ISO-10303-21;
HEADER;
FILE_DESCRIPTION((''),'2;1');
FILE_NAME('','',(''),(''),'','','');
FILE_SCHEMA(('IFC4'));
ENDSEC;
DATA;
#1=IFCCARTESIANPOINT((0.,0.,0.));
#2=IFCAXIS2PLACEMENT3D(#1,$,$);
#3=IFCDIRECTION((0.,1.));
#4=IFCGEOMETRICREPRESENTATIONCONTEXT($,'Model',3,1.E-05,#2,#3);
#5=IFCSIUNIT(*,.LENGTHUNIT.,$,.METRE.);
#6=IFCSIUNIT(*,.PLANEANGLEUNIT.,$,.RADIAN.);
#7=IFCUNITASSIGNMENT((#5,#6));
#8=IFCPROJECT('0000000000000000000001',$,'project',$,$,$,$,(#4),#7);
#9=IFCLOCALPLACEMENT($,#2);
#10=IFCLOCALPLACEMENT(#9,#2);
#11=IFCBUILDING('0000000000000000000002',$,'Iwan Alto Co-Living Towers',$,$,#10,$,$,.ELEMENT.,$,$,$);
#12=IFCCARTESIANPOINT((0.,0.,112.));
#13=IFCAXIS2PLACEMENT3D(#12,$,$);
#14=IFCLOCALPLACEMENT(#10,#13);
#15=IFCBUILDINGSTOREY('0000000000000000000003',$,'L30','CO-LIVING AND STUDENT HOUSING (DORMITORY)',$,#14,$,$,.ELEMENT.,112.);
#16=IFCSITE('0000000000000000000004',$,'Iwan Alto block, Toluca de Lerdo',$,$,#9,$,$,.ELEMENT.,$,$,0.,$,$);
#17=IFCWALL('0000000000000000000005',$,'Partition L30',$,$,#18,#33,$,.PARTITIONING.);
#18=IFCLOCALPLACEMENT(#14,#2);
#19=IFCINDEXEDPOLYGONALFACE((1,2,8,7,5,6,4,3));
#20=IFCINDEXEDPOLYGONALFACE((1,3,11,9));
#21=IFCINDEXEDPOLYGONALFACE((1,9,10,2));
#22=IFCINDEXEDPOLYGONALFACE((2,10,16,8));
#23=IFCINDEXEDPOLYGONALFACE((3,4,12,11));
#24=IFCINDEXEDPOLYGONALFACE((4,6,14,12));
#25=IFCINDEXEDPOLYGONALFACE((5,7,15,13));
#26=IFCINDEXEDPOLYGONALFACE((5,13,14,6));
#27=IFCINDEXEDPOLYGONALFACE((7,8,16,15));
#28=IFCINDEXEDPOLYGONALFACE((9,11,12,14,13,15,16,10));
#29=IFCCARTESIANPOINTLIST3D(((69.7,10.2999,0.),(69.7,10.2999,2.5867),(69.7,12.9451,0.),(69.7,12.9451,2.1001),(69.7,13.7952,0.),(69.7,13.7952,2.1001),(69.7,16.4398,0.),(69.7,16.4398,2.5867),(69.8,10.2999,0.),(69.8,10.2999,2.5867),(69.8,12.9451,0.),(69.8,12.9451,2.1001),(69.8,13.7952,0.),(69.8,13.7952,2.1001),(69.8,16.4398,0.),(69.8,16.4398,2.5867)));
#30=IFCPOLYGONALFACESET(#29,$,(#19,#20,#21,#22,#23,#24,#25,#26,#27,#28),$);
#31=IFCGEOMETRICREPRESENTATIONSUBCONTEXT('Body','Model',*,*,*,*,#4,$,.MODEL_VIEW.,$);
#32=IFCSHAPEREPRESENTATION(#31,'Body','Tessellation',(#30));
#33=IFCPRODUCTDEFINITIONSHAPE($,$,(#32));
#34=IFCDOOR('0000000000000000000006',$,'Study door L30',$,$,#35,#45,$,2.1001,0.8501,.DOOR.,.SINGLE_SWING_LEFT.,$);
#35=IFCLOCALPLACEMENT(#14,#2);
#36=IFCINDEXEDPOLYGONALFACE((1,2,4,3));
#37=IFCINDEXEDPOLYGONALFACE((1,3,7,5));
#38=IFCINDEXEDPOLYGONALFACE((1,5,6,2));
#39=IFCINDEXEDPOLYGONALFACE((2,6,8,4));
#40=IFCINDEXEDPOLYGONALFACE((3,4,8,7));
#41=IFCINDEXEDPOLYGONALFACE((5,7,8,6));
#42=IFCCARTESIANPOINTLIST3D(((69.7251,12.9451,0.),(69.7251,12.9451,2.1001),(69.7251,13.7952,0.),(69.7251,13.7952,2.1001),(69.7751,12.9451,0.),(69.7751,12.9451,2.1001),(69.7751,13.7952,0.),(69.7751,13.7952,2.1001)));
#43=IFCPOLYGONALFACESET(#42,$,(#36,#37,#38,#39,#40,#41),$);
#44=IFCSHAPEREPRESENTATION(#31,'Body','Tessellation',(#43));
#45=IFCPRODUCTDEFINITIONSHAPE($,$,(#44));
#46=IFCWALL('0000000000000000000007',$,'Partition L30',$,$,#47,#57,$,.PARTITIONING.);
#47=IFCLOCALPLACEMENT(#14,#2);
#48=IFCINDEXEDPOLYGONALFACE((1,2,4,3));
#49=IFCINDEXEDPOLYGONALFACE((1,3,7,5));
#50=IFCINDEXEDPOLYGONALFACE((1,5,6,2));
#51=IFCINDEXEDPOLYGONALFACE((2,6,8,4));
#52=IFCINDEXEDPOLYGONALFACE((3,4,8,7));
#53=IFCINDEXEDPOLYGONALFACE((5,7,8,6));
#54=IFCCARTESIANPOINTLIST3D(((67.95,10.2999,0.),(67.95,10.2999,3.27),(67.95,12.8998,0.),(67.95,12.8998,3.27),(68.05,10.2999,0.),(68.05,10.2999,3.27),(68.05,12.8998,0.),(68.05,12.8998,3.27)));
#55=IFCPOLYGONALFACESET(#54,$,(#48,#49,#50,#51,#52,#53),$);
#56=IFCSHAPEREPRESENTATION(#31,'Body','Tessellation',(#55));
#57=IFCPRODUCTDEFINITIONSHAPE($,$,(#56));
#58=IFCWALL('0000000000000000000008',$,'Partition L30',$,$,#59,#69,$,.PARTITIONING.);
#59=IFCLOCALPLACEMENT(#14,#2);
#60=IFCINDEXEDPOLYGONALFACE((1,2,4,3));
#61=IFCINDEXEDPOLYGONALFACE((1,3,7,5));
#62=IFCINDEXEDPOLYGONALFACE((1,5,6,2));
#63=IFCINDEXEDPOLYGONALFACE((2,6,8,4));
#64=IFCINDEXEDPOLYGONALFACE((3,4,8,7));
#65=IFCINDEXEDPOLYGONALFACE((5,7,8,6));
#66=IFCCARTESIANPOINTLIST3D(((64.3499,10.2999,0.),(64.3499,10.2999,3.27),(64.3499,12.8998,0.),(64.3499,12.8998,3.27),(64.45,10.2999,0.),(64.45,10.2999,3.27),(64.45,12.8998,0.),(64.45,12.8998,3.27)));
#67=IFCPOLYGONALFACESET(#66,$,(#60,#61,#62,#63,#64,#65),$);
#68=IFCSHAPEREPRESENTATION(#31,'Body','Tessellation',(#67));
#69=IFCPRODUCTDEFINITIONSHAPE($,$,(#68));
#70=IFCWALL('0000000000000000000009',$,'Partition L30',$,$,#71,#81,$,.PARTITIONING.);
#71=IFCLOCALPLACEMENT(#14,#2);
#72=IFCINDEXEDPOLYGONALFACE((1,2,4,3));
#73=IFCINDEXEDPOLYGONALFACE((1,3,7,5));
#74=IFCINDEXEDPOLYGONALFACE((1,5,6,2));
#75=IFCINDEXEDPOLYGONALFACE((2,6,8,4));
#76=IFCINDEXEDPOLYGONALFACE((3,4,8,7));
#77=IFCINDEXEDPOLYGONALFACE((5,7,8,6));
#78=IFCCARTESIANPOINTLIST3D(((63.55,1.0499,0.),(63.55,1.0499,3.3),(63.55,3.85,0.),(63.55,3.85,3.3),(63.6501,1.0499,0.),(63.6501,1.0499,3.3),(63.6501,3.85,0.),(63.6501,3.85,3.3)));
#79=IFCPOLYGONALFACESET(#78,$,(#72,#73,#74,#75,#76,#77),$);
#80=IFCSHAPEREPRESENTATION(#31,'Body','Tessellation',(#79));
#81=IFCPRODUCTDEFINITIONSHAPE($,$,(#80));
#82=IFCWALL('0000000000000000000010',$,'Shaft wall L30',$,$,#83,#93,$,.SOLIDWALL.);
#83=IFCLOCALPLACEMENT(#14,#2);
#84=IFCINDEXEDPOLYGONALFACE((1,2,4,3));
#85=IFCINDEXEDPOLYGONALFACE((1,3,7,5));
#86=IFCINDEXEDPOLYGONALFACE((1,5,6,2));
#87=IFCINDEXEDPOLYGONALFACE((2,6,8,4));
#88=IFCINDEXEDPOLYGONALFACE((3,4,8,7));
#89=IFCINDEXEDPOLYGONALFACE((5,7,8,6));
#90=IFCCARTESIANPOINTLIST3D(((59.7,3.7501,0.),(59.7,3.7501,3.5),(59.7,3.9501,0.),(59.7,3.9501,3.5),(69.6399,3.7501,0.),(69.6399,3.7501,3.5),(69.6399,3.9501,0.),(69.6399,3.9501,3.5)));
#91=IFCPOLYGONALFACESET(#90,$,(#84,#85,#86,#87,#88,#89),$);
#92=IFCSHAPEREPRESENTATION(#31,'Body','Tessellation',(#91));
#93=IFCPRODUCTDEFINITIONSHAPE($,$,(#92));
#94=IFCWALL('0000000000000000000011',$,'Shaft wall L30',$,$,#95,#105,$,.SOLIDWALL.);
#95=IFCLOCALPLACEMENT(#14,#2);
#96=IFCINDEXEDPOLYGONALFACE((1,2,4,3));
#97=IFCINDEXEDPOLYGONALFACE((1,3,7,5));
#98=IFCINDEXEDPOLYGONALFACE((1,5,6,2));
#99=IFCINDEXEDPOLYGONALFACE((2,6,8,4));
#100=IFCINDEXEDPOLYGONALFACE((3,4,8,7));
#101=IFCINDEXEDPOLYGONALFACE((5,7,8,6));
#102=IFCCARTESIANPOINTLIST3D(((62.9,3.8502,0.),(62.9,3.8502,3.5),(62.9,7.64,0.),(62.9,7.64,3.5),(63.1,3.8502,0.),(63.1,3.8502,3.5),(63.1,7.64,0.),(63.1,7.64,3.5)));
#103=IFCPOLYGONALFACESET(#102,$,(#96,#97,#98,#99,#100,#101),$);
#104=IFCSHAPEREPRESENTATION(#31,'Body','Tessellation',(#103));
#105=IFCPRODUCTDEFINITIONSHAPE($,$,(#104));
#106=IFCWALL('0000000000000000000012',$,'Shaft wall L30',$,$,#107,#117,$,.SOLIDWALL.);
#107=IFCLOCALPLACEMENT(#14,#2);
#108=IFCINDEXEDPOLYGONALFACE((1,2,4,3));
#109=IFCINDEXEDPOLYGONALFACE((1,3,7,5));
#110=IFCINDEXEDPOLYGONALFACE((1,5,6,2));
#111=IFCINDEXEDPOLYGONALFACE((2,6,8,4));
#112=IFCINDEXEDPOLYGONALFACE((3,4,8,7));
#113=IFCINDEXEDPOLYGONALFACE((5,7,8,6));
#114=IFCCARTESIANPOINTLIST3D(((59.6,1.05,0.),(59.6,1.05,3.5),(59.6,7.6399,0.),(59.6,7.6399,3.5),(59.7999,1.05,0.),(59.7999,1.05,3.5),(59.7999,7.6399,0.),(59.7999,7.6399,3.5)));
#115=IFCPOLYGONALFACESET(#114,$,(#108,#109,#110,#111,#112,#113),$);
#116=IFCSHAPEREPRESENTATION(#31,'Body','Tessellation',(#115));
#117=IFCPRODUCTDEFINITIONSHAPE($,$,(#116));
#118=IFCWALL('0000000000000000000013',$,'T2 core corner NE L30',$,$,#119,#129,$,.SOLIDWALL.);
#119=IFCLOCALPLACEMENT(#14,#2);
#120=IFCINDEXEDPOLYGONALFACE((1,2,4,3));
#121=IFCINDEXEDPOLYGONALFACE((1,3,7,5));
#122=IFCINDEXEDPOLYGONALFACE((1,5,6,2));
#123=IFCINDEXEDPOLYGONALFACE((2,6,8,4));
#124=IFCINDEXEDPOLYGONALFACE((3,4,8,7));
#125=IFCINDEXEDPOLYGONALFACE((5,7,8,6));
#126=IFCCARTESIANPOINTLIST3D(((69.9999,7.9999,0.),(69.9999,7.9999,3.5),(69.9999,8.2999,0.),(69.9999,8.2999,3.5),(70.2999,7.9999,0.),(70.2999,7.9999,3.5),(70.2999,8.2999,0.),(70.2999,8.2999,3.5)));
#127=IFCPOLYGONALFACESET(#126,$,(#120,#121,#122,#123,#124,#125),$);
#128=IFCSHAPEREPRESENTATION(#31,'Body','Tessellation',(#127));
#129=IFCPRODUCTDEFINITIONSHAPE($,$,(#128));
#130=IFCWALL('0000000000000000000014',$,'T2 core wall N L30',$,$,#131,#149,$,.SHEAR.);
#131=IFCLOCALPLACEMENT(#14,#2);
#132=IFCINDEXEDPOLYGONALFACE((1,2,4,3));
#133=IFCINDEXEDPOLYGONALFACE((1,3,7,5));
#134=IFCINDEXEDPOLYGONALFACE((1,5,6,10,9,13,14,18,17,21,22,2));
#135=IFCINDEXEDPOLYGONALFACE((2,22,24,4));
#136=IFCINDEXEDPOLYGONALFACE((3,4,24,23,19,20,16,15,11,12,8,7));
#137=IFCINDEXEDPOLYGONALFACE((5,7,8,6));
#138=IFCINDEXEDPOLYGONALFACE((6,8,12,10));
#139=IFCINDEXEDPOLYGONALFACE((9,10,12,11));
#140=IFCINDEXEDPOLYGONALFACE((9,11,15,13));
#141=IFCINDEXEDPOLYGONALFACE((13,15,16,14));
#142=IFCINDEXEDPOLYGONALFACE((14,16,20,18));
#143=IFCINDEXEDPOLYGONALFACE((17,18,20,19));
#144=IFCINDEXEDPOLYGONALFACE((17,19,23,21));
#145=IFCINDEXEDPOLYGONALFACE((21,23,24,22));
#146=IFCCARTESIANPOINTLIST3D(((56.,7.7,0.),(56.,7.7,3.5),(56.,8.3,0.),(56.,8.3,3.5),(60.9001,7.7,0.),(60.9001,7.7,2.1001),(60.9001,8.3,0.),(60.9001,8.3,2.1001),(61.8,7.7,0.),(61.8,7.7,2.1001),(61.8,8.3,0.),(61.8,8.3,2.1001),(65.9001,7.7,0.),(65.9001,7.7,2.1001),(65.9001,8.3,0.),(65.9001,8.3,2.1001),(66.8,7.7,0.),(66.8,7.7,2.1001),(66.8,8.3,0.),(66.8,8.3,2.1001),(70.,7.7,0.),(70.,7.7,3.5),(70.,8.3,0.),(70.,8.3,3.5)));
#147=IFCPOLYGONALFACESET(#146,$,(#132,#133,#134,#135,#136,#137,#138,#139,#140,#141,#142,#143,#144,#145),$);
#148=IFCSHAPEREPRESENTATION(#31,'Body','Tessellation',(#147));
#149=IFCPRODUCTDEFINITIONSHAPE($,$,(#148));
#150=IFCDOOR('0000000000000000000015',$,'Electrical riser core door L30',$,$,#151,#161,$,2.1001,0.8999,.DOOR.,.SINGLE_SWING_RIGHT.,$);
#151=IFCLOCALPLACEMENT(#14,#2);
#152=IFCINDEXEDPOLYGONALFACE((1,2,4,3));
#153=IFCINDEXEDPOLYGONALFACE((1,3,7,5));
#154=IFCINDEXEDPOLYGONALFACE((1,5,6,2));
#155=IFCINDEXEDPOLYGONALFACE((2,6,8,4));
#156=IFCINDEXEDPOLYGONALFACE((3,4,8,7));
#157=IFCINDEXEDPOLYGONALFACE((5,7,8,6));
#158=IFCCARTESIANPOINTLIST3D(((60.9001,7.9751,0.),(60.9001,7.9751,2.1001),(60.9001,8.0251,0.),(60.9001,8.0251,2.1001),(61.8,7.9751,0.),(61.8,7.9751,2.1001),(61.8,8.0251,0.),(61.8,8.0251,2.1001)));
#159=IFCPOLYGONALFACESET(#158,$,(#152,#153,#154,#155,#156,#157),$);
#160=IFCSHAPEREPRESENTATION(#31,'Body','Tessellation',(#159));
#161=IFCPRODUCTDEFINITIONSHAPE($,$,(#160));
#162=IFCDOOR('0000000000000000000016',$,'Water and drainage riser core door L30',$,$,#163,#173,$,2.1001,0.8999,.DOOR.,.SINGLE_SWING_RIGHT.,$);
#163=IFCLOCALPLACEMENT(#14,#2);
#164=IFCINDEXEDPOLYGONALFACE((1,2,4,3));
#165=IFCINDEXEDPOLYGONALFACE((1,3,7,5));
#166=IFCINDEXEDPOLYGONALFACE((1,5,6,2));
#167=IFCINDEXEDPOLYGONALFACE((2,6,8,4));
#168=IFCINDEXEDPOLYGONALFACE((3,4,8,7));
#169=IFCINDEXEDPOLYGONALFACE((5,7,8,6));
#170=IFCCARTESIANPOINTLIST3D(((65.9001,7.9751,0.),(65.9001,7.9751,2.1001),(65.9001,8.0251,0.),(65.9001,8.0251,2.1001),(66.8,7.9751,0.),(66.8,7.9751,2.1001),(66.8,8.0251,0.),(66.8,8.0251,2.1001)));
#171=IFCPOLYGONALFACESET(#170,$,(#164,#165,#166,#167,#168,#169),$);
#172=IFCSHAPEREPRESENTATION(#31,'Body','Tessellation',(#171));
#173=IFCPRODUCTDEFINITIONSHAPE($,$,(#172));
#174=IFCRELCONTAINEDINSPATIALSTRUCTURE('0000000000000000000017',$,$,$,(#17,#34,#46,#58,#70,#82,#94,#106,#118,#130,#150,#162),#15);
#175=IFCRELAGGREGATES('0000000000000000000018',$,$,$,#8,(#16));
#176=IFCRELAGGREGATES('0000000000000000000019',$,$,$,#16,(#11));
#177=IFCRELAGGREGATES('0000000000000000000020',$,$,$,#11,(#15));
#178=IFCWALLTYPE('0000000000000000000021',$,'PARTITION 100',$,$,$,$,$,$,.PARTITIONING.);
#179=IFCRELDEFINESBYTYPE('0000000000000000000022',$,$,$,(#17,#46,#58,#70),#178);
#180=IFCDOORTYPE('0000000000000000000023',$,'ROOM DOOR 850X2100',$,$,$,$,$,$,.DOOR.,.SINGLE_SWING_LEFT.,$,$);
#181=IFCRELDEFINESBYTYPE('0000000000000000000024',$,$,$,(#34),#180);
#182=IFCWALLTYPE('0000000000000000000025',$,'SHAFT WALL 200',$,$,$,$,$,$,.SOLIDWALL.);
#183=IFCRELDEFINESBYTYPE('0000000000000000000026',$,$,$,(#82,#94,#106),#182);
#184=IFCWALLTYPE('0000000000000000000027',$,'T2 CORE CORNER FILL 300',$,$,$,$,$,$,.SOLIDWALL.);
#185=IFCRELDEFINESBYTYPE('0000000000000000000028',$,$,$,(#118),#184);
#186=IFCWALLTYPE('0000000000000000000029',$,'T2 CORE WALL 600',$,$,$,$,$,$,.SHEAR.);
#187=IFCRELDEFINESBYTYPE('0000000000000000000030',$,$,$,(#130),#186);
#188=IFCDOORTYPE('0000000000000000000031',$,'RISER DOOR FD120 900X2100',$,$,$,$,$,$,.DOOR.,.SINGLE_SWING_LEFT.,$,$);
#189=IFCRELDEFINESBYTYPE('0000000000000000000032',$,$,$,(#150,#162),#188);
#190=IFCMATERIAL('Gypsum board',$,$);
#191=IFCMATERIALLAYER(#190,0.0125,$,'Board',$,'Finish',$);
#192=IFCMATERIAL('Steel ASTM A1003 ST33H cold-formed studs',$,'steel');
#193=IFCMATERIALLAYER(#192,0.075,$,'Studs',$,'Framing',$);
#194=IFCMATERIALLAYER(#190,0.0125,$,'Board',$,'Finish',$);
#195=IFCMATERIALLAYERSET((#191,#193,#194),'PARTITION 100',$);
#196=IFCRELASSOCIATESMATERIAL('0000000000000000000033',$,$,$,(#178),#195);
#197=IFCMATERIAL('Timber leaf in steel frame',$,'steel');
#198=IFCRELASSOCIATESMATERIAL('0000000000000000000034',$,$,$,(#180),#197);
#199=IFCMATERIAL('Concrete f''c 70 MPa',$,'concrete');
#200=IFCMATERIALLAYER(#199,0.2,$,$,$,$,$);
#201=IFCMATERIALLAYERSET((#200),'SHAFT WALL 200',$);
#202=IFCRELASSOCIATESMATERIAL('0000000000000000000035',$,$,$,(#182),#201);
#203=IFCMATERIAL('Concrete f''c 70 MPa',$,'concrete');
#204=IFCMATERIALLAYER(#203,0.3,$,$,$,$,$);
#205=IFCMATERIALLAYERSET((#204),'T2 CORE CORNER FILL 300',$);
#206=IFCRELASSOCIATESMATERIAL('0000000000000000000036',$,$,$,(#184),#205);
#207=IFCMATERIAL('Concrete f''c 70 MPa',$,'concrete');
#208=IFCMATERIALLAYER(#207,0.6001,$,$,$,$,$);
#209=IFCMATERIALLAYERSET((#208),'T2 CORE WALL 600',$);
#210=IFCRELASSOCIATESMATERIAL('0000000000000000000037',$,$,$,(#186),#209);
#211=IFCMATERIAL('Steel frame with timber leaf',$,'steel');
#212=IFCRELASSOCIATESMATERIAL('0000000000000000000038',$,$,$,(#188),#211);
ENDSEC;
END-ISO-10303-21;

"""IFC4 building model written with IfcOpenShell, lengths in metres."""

from ifc_helpers import new_model, si_unit, direction, frame, frame_2d, origin, place, context, subcontext, project, spatial, rectangle, extrude, material, layer, layer_set, type_object, element, fill, save


model = new_model("IFC4")

# Units and contexts
model_context = context("Model", 3, precision=1e-05, world=origin(), true_north=direction((0.0, 1.0)))
body_context = subcontext(model_context, "Body", "Model", "MODEL_VIEW")
ifc_project = project(units=[si_unit("LENGTHUNIT", "METRE"), si_unit("PLANEANGLEUNIT", "RADIAN")], contexts=[model_context])

# Site, building, storey
site_placement = place(None, origin())
site = spatial("IfcSite", under=ifc_project, at=site_placement, Name="Iwan Alto block, Toluca de Lerdo", CompositionType="ELEMENT", RefElevation=0.0)
building_placement = place(site_placement, origin())
building = spatial("IfcBuilding", under=site, at=building_placement, Name="Iwan Alto Co-Living Towers", CompositionType="ELEMENT")
storey_placement = place(building_placement, frame((0.0, 0.0, 112.0)))
storey = spatial("IfcBuildingStorey", under=building, at=storey_placement, Name="L30", Description="CO-LIVING AND STUDENT HOUSING (DORMITORY)", CompositionType="ELEMENT", Elevation=112.0)

# Shared definitions
ifc_material_1 = material(Name="Gypsum board")
ifc_layer_1 = layer(ifc_material_1, 0.0125, Name="Board", Category="Finish")
ifc_material_2 = material(Name="Steel ASTM A1003 ST33H cold-formed studs", Category="steel")
ifc_layer_2 = layer(ifc_material_2, 0.075, Name="Studs", Category="Framing")
ifc_layer_3 = layer(ifc_material_1, 0.0125, Name="Board", Category="Finish")
ifc_layer_set_1 = layer_set([ifc_layer_1, ifc_layer_2, ifc_layer_3], Name="PARTITION 100")
wall_type_1 = type_object("IfcWallType", Name="PARTITION 100", PredefinedType="PARTITIONING", material=ifc_layer_set_1)

# Shared definitions
ifc_material_3 = material(Name="Timber leaf in steel frame", Category="steel")
door_type_1 = type_object("IfcDoorType", Name="ROOM DOOR 850X2100", OperationType="SINGLE_SWING_LEFT", PredefinedType="DOOR", material=ifc_material_3)

# Wall, opening, door
wall_1_placement = place(storey_placement, frame((69.75, 10.3, 0.0), z_axis=(0.0, 0.0, 1.0), x_axis=(0.0, 1.0, 0.0)))
wall_1 = element("IfcWall", 1, at=wall_1_placement, inside=storey, type_object=wall_type_1, Name="Partition L30", PredefinedType="PARTITIONING", context=body_context, shape_type="SweptSolid", body=[
    extrude(rectangle(XDim=6.1399, YDim=0.1001, at=frame_2d((3.0698, 0.0))), origin(), (0.0, 0.0, 1.0), 2.5867),
])
opening_1_placement = place(wall_1_placement, frame((2.645, 0.0, 0.0)))
opening_1 = element("IfcOpeningElement", 2, at=opening_1_placement, cuts=wall_1, PredefinedType="OPENING", context=body_context, shape_type="SweptSolid", body=[
    extrude(rectangle(XDim=0.8501, YDim=2.1001, at=frame_2d((0.425, 1.05))), frame((0.0, 0.0601, 0.0), z_axis=(0.0, -1.0, 0.0), x_axis=(1.0, 0.0, 0.0)), (0.0, 0.0, 1.0), 0.1201),
])
door_1_placement = place(opening_1_placement, origin())
door_1 = element("IfcDoor", 3, at=door_1_placement, inside=storey, type_object=door_type_1, Name="Study door L30", OperationType="SINGLE_SWING_LEFT", OverallHeight=2.1001, OverallWidth=0.8501, PredefinedType="DOOR", context=body_context, shape_type="SweptSolid", body=[
    extrude(rectangle(XDim=0.8501, YDim=2.1001, at=frame_2d((0.425, 1.05))), frame((0.0, 0.0249, 0.0), z_axis=(0.0, -1.0, 0.0), x_axis=(1.0, 0.0, 0.0)), (0.0, 0.0, 1.0), 0.05),
])
fill(opening_1, door_1)

# Walls
for number, where, z_axis, x_axis, name in (
    (4, (68.0, 10.3, 0.0), (0.0, 0.0, 1.0), (0.0, 1.0, 0.0), "Partition L30"),
    (5, (64.3999, 10.3, 0.0), (0.0, 0.0, 1.0), (0.0, 1.0, 0.0), "Partition L30"),
):
    element("IfcWall", number, at=place(storey_placement, frame(where, z_axis=z_axis, x_axis=x_axis)), inside=storey, type_object=wall_type_1, Name=name, PredefinedType="PARTITIONING", context=body_context, shape_type="SweptSolid", body=[
        extrude(rectangle(XDim=2.5999, YDim=0.1001, at=frame_2d((1.2998, 0.0))), origin(), (0.0, 0.0, 1.0), 3.27),
    ])
wall_2_placement = place(storey_placement, frame((63.6001, 1.05, 0.0), z_axis=(0.0, 0.0, 1.0), x_axis=(0.0, 1.0, 0.0)))
element("IfcWall", 6, at=wall_2_placement, inside=storey, type_object=wall_type_1, Name="Partition L30", PredefinedType="PARTITIONING", context=body_context, shape_type="SweptSolid", body=[
    extrude(rectangle(XDim=2.8, YDim=0.1001, at=frame_2d((1.3999, 0.0))), origin(), (0.0, 0.0, 1.0), 3.3),
])
ifc_material_4 = material(Name="Concrete f'c 70 MPa", Category="concrete")
ifc_layer_4 = layer(ifc_material_4, 0.2)
ifc_layer_set_2 = layer_set([ifc_layer_4], Name="SHAFT WALL 200")
wall_type_2 = type_object("IfcWallType", Name="SHAFT WALL 200", PredefinedType="SOLIDWALL", material=ifc_layer_set_2)
wall_3_placement = place(storey_placement, frame((59.7, 3.8501, 0.0), z_axis=(0.0, 0.0, 1.0), x_axis=(1.0, 0.0, 0.0)))
element("IfcWall", 7, at=wall_3_placement, inside=storey, type_object=wall_type_2, Name="Shaft wall L30", PredefinedType="SOLIDWALL", context=body_context, shape_type="SweptSolid", body=[
    extrude(rectangle(XDim=9.9399, YDim=0.2, at=frame_2d((4.97, 0.0))), origin(), (0.0, 0.0, 1.0), 3.5),
])
wall_4_placement = place(storey_placement, frame((63.0, 3.8501, 0.0), z_axis=(0.0, 0.0, 1.0), x_axis=(0.0, 1.0, 0.0)))
element("IfcWall", 8, at=wall_4_placement, inside=storey, type_object=wall_type_2, Name="Shaft wall L30", PredefinedType="SOLIDWALL", context=body_context, shape_type="SweptSolid", body=[
    extrude(rectangle(XDim=3.7898, YDim=0.2, at=frame_2d((1.895, 0.0))), origin(), (0.0, 0.0, 1.0), 3.5),
])
wall_5_placement = place(storey_placement, frame((59.7, 1.05, 0.0), z_axis=(0.0, 0.0, 1.0), x_axis=(0.0, 1.0, 0.0)))
element("IfcWall", 9, at=wall_5_placement, inside=storey, type_object=wall_type_2, Name="Shaft wall L30", PredefinedType="SOLIDWALL", context=body_context, shape_type="SweptSolid", body=[
    extrude(rectangle(XDim=6.5898, YDim=0.2, at=frame_2d((3.2949, 0.0))), origin(), (0.0, 0.0, 1.0), 3.5),
])
ifc_material_5 = material(Name="Concrete f'c 70 MPa", Category="concrete")
ifc_layer_5 = layer(ifc_material_5, 0.3)
ifc_layer_set_3 = layer_set([ifc_layer_5], Name="T2 CORE CORNER FILL 300")
wall_type_3 = type_object("IfcWallType", Name="T2 CORE CORNER FILL 300", PredefinedType="SOLIDWALL", material=ifc_layer_set_3)
wall_6_placement = place(storey_placement, frame((70.0, 8.1499, 0.0), z_axis=(0.0, 0.0, 1.0), x_axis=(1.0, 0.0, 0.0)))
element("IfcWall", 10, at=wall_6_placement, inside=storey, type_object=wall_type_3, Name="T2 core corner NE L30", PredefinedType="SOLIDWALL", context=body_context, shape_type="SweptSolid", body=[
    extrude(rectangle(XDim=0.3, YDim=0.3, at=frame_2d((0.1499, 0.0))), origin(), (0.0, 0.0, 1.0), 3.5),
])

# Wall, openings, doors
ifc_material_6 = material(Name="Concrete f'c 70 MPa", Category="concrete")
ifc_layer_6 = layer(ifc_material_6, 0.6001)
ifc_layer_set_4 = layer_set([ifc_layer_6], Name="T2 CORE WALL 600")
wall_type_4 = type_object("IfcWallType", Name="T2 CORE WALL 600", PredefinedType="SHEAR", material=ifc_layer_set_4)
wall_7_placement = place(storey_placement, frame((70.0, 8.0, 0.0), z_axis=(0.0, 0.0, 1.0), x_axis=(-1.0, 0.0, 0.0)))
wall_7 = element("IfcWall", 11, at=wall_7_placement, inside=storey, type_object=wall_type_4, Name="T2 core wall N L30", PredefinedType="SHEAR", context=body_context, shape_type="SweptSolid", body=[
    extrude(rectangle(XDim=14.0, YDim=0.6001, at=frame_2d((7.0, 0.0))), origin(), (0.0, 0.0, 1.0), 3.5),
])
opening_2_placement = place(wall_7_placement, frame((8.2, 0.0, 0.0)))
opening_2 = element("IfcOpeningElement", 12, at=opening_2_placement, cuts=wall_7, PredefinedType="OPENING", context=body_context, shape_type="SweptSolid", body=[
    extrude(rectangle(XDim=0.8999, YDim=2.1001, at=frame_2d((0.45, 1.05))), frame((0.0, 0.3101, 0.0), z_axis=(0.0, -1.0, 0.0), x_axis=(1.0, 0.0, 0.0)), (0.0, 0.0, 1.0), 0.6201),
])
opening_3_placement = place(wall_7_placement, frame((3.2, 0.0, 0.0)))
opening_3 = element("IfcOpeningElement", 13, at=opening_3_placement, cuts=wall_7, PredefinedType="OPENING", context=body_context, shape_type="SweptSolid", body=[
    extrude(rectangle(XDim=0.8999, YDim=2.1001, at=frame_2d((0.45, 1.05))), frame((0.0, 0.3101, 0.0), z_axis=(0.0, -1.0, 0.0), x_axis=(1.0, 0.0, 0.0)), (0.0, 0.0, 1.0), 0.6201),
])
ifc_material_7 = material(Name="Steel frame with timber leaf", Category="steel")
door_type_2 = type_object("IfcDoorType", Name="RISER DOOR FD120 900X2100", OperationType="SINGLE_SWING_LEFT", PredefinedType="DOOR", material=ifc_material_7)
door_2_placement = place(opening_2_placement, origin())
door_2 = element("IfcDoor", 14, at=door_2_placement, inside=storey, type_object=door_type_2, Name="Electrical riser core door L30", OperationType="SINGLE_SWING_RIGHT", OverallHeight=2.1001, OverallWidth=0.8999, PredefinedType="DOOR", context=body_context, shape_type="SweptSolid", body=[
    extrude(rectangle(XDim=0.8999, YDim=2.1001, at=frame_2d((0.45, 1.05))), frame((0.0, 0.0249, 0.0), z_axis=(0.0, -1.0, 0.0), x_axis=(1.0, 0.0, 0.0)), (0.0, 0.0, 1.0), 0.05),
])
fill(opening_2, door_2)
door_3_placement = place(opening_3_placement, origin())
door_3 = element("IfcDoor", 15, at=door_3_placement, inside=storey, type_object=door_type_2, Name="Water and drainage riser core door L30", OperationType="SINGLE_SWING_RIGHT", OverallHeight=2.1001, OverallWidth=0.8999, PredefinedType="DOOR", context=body_context, shape_type="SweptSolid", body=[
    extrude(rectangle(XDim=0.8999, YDim=2.1001, at=frame_2d((0.45, 1.05))), frame((0.0, 0.0249, 0.0), z_axis=(0.0, -1.0, 0.0), x_axis=(1.0, 0.0, 0.0)), (0.0, 0.0, 1.0), 0.05),
])
fill(opening_3, door_3)

save(model, "model.ifc")
